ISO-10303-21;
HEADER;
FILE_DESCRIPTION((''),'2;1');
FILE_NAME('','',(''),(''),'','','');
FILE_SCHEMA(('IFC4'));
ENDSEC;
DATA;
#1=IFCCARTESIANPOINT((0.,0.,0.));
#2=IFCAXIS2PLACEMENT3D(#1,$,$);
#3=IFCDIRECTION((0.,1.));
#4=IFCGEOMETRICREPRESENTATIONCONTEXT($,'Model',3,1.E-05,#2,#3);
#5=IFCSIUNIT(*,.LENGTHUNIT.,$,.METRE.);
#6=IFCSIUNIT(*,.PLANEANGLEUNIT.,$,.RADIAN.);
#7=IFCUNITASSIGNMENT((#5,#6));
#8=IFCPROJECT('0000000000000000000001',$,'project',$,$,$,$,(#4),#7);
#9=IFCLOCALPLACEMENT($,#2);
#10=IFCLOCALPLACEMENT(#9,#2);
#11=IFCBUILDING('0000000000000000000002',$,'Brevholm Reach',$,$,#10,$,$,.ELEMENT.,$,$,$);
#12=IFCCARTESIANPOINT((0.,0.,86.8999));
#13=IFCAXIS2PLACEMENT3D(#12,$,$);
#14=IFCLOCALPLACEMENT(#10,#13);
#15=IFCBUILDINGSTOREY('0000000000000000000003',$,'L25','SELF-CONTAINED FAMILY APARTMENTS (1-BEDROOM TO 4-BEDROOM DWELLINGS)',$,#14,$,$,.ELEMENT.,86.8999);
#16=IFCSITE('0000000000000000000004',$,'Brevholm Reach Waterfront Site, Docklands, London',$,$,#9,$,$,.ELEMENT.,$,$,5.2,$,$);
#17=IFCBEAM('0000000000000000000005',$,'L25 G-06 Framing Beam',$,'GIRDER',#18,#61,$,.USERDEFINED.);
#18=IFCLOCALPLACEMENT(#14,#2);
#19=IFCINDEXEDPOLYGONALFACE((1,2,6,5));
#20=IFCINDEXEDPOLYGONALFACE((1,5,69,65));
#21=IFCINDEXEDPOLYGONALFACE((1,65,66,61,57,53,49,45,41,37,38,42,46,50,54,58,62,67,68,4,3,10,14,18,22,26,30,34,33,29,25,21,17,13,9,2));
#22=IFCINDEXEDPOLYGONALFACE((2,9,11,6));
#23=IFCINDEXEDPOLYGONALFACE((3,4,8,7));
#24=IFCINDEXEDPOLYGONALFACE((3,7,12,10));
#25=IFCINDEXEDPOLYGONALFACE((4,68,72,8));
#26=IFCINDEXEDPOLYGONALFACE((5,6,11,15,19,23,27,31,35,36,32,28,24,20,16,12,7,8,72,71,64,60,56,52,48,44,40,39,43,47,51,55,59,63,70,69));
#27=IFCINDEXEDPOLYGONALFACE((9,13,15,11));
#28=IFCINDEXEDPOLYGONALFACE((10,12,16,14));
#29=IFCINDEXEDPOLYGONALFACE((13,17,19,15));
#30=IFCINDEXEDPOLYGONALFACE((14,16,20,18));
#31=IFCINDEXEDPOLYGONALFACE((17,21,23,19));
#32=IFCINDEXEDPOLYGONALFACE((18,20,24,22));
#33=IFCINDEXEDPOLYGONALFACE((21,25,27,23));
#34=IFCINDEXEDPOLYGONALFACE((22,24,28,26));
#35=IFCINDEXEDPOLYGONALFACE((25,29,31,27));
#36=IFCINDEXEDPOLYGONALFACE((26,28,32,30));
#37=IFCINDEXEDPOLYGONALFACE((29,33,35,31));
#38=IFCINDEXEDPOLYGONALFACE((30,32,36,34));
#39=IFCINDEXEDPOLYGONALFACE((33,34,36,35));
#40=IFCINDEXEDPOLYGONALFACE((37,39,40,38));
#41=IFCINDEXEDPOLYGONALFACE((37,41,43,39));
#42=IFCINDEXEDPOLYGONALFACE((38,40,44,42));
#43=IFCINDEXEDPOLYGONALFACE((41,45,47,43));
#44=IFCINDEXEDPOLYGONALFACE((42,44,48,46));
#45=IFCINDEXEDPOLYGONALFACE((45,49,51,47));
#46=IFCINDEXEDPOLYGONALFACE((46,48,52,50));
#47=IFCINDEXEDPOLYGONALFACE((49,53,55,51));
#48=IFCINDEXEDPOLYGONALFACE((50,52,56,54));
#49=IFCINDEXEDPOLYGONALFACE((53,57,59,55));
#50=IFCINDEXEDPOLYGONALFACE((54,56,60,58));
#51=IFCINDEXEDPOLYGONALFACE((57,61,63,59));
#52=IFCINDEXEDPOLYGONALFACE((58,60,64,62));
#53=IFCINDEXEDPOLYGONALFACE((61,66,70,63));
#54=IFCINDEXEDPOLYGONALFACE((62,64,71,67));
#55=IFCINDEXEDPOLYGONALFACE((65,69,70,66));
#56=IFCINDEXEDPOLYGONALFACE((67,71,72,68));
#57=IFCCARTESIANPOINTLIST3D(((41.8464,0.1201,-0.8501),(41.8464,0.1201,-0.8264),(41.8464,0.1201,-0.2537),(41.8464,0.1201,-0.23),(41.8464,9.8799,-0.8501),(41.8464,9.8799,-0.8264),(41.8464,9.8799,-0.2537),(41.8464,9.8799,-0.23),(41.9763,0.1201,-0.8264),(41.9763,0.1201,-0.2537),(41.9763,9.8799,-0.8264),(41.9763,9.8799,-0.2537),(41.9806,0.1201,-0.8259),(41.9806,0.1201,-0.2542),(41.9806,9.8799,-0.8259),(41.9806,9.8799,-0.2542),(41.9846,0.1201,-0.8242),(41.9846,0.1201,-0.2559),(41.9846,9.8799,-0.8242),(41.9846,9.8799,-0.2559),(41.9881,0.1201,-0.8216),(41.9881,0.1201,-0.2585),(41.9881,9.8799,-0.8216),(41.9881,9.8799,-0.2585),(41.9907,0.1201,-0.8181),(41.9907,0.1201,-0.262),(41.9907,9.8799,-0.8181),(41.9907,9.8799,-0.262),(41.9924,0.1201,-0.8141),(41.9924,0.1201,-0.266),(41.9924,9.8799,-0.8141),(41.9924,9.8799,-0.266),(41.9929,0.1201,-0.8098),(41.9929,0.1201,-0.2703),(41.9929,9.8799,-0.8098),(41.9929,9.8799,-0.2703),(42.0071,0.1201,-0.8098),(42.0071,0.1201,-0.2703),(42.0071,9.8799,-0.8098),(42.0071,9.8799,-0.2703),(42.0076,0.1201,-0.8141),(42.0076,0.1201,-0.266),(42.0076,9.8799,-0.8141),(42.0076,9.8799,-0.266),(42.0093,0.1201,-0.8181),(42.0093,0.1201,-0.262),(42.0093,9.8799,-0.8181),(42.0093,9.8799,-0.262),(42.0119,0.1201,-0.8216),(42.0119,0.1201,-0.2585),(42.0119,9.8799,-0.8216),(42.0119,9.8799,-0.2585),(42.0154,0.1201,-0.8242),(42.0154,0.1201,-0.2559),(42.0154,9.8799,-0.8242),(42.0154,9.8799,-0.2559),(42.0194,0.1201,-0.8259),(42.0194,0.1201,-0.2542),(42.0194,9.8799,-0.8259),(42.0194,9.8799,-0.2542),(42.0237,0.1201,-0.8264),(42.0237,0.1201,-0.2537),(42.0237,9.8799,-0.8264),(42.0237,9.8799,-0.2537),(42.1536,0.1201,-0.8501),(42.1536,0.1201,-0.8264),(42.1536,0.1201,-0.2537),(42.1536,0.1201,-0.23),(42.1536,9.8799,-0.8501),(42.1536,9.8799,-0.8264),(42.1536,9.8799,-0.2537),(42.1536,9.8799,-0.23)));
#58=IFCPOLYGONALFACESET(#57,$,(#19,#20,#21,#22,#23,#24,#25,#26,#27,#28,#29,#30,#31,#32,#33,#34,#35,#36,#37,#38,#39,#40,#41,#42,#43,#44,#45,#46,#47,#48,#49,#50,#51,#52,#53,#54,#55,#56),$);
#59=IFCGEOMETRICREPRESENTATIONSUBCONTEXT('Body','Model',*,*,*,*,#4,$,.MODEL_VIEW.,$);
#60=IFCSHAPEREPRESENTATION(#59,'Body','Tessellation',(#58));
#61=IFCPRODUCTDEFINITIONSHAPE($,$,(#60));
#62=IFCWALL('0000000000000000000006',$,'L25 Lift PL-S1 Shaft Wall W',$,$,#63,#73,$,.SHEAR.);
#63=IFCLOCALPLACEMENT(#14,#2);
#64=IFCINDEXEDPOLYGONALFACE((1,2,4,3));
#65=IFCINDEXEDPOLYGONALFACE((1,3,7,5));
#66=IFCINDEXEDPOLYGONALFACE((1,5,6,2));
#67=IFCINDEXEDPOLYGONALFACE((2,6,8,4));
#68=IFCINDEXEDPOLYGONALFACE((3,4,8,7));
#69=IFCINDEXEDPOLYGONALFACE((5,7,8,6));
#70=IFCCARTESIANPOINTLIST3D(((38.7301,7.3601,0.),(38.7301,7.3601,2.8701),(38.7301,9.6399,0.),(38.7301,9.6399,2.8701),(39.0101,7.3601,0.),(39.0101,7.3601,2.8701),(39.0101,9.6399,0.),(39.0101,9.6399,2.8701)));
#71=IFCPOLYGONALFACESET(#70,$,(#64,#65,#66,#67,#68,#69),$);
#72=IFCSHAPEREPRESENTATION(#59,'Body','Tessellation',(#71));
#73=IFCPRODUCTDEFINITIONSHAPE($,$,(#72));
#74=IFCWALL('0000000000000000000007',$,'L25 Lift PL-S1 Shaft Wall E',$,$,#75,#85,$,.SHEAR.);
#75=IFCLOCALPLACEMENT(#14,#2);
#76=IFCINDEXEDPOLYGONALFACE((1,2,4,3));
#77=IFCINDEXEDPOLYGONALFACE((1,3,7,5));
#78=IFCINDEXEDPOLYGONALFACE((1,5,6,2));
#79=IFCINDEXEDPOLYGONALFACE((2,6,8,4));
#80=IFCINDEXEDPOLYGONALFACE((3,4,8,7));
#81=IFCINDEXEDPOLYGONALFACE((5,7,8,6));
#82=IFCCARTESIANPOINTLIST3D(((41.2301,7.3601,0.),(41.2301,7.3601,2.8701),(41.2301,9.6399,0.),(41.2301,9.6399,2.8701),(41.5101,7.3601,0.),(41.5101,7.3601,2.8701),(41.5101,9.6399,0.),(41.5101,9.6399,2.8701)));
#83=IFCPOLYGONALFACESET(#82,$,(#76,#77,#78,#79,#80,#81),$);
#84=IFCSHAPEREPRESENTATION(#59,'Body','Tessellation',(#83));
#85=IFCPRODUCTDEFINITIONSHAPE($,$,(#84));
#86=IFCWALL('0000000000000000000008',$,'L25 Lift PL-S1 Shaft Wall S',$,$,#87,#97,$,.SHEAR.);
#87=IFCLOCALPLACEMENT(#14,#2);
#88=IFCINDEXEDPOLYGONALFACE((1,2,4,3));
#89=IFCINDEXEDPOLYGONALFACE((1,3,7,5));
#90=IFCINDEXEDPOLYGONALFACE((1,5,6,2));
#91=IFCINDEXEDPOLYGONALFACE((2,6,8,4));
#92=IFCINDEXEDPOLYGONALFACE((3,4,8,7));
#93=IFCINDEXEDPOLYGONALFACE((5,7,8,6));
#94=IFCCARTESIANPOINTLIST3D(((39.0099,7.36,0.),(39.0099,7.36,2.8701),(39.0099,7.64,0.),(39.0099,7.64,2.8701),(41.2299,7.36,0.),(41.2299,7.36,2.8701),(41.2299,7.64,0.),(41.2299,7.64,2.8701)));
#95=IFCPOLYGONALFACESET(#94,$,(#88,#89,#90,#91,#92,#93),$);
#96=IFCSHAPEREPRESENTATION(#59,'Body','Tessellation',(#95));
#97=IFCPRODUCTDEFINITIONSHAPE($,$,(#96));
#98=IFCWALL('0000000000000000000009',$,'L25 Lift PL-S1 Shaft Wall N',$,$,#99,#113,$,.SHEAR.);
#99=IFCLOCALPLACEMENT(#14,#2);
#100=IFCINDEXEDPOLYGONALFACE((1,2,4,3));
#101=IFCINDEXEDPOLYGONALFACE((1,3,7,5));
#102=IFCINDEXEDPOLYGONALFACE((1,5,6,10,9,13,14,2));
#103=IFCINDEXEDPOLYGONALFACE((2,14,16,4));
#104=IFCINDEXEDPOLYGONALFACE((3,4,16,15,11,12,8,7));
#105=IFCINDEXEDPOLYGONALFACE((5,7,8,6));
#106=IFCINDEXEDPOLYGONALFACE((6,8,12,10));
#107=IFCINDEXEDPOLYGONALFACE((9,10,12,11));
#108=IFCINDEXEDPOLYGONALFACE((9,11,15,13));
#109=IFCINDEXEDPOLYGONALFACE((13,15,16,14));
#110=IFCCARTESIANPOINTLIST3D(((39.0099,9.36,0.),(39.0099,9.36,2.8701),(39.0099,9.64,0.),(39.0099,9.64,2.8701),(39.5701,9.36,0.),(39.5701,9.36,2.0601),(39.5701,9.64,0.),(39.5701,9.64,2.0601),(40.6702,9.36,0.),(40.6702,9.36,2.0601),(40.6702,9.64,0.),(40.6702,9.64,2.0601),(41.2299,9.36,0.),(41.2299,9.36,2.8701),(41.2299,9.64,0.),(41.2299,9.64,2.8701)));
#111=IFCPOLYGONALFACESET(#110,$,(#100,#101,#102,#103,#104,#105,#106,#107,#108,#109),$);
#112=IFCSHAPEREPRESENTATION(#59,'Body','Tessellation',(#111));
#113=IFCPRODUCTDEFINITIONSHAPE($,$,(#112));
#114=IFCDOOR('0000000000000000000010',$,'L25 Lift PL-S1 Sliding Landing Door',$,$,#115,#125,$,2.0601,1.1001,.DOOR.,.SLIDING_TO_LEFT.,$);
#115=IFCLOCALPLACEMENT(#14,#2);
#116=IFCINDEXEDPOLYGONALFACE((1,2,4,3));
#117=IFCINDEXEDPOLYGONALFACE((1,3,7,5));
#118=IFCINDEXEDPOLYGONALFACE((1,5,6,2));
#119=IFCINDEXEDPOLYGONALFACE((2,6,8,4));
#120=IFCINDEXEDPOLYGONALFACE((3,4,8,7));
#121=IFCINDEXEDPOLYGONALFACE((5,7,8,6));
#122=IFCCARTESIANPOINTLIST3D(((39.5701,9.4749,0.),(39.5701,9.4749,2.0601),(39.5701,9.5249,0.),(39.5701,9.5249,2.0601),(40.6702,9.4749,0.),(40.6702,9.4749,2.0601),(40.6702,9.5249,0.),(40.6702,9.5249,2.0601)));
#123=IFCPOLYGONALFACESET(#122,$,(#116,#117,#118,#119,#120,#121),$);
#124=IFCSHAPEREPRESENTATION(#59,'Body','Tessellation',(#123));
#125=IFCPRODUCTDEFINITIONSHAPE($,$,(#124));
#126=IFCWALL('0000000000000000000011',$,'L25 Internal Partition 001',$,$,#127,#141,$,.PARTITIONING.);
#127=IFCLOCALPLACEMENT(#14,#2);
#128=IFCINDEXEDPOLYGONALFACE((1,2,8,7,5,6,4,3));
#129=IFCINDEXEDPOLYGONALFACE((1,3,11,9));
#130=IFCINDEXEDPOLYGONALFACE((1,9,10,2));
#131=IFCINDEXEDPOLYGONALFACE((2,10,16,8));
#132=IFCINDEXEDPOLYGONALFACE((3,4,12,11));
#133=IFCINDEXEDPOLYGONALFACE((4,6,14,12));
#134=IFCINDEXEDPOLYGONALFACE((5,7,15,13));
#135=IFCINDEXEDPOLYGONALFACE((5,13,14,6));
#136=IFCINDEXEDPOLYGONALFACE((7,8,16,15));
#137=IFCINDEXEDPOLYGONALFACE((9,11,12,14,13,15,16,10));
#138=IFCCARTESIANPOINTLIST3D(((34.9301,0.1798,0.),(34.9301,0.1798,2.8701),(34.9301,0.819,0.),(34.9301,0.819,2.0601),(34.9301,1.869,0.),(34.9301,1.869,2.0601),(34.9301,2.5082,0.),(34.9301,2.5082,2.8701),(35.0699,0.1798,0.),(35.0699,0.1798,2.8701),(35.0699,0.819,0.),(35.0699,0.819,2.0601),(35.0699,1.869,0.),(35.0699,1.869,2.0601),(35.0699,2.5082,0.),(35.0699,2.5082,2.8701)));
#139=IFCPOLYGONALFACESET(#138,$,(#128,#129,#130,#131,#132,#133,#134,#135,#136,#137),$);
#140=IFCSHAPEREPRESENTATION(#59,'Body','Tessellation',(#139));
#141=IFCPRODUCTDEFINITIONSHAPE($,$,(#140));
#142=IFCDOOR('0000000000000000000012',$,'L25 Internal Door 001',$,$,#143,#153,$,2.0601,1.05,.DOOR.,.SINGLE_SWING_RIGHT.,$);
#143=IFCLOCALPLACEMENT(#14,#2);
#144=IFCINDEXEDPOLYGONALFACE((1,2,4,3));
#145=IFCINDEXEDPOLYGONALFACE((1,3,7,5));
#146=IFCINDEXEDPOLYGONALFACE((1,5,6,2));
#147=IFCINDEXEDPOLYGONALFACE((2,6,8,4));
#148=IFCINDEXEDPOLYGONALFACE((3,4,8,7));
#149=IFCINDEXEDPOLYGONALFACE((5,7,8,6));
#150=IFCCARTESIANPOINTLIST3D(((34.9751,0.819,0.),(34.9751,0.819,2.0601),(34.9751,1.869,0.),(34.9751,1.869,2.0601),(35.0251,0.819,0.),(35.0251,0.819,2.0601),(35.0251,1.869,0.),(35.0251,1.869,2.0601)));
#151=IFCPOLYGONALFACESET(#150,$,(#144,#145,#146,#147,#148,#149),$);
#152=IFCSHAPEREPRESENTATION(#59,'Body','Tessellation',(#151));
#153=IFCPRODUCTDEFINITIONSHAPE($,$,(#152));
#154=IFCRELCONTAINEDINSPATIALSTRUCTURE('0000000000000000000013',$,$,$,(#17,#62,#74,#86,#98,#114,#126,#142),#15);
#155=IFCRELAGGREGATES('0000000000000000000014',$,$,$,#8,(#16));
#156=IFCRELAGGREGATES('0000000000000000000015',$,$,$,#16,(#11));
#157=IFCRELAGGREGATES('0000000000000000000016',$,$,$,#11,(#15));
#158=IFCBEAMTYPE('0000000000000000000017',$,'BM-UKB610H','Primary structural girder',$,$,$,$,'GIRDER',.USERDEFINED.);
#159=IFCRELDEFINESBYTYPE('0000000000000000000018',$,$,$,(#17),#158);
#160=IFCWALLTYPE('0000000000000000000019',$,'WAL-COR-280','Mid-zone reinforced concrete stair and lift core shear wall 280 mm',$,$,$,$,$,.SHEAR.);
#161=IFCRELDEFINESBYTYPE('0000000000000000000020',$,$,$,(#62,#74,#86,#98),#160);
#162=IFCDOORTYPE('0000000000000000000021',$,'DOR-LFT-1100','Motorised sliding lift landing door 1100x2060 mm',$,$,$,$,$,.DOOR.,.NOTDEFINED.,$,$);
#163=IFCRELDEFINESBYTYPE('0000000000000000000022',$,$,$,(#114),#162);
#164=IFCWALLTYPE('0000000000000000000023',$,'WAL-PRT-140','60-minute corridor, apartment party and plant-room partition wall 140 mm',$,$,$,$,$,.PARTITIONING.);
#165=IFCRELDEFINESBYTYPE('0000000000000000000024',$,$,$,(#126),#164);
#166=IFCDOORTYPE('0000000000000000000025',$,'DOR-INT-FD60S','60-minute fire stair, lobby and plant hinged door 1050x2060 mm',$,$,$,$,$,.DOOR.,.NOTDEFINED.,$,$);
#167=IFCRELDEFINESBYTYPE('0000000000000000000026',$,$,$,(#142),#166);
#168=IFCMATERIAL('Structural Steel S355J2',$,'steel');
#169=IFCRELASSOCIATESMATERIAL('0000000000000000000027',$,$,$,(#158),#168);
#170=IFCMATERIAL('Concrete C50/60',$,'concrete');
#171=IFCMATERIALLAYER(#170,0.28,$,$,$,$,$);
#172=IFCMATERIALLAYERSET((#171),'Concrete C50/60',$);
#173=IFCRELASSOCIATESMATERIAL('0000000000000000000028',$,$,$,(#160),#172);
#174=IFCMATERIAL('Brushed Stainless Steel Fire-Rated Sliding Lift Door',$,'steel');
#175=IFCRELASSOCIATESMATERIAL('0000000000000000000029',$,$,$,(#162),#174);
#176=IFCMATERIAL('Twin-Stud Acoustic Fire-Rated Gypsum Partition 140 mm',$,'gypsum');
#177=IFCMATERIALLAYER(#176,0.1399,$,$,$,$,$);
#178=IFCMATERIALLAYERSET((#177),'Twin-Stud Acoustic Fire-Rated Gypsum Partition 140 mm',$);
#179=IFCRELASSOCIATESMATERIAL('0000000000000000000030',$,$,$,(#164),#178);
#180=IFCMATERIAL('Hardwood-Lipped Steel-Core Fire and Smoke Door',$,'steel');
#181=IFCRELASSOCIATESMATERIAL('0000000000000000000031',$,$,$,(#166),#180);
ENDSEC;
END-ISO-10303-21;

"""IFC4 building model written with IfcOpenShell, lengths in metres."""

from ifc_helpers import new_model, si_unit, direction, frame, frame_2d, origin, origin_2d, place, context, subcontext, project, spatial, rectangle, i_section, extrude, material, layer, layer_set, material_profile, profile_set, type_object, element, fill, save


model = new_model("IFC4")

# Units and contexts
model_context = context("Model", 3, precision=1e-05, world=origin(), true_north=direction((0.0, 1.0)))
body_context = subcontext(model_context, "Body", "Model", "MODEL_VIEW")
ifc_project = project(units=[si_unit("LENGTHUNIT", "METRE"), si_unit("PLANEANGLEUNIT", "RADIAN")], contexts=[model_context])

# Site, building, storey
site_placement = place(None, origin())
site = spatial("IfcSite", under=ifc_project, at=site_placement, Name="Brevholm Reach Waterfront Site, Docklands, London", CompositionType="ELEMENT", RefElevation=5.2)
building_placement = place(site_placement, origin())
building = spatial("IfcBuilding", under=site, at=building_placement, Name="Brevholm Reach", CompositionType="ELEMENT")
storey_placement = place(building_placement, frame((0.0, 0.0, 86.8999)))
storey = spatial("IfcBuildingStorey", under=building, at=storey_placement, Name="L25", Description="SELF-CONTAINED FAMILY APARTMENTS (1-BEDROOM TO 4-BEDROOM DWELLINGS)", CompositionType="ELEMENT", Elevation=86.8999)

# Beam
ifc_material_1 = material(Name="Structural Steel S355J2", Category="steel")
ifc_material_profile_1 = material_profile(ifc_material_1, i_section(OverallWidth=0.3071, OverallDepth=0.6201, WebThickness=0.0142, FlangeThickness=0.0237, FilletRadius=0.0166, at=origin_2d()), Name="UKB 610x305x179")
ifc_profile_set_1 = profile_set([ifc_material_profile_1], Name="Structural Steel S355J2")
beam_type_1 = type_object("IfcBeamType", Name="BM-UKB610H", Description="Primary structural girder", ElementType="GIRDER", PredefinedType="USERDEFINED", material=ifc_profile_set_1)
for number, where, z_axis, x_axis, name in (
    (1, (42.0, 0.1201, -0.54), (0.0, 1.0, 0.0), (-1.0, 0.0, 0.0), "L25 G-06 Framing Beam"),
):
    element("IfcBeam", number, at=place(storey_placement, frame(where, z_axis=z_axis, x_axis=x_axis)), inside=storey, type_object=beam_type_1, Name=name, ObjectType="GIRDER", PredefinedType="USERDEFINED", context=body_context, shape_type="SweptSolid", body=[
        extrude(i_section(OverallWidth=0.3071, OverallDepth=0.6201, WebThickness=0.0142, FlangeThickness=0.0237, FilletRadius=0.0166, at=origin_2d()), origin(), (0.0, 0.0, 1.0), 9.7598),
    ])

# Walls
ifc_material_2 = material(Name="Concrete C50/60", Category="concrete")
ifc_layer_1 = layer(ifc_material_2, 0.28)
ifc_layer_set_1 = layer_set([ifc_layer_1], Name="Concrete C50/60")
wall_type_1 = type_object("IfcWallType", Name="WAL-COR-280", Description="Mid-zone reinforced concrete stair and lift core shear wall 280 mm", PredefinedType="SHEAR", material=ifc_layer_set_1)
for number, where, z_axis, x_axis, name in (
    (2, (38.8701, 7.3601, 0.0), (0.0, 0.0, 1.0), (0.0, 1.0, 0.0), "L25 Lift PL-S1 Shaft Wall W"),
    (3, (41.3701, 7.3601, 0.0), (0.0, 0.0, 1.0), (0.0, 1.0, 0.0), "L25 Lift PL-S1 Shaft Wall E"),
):
    element("IfcWall", number, at=place(storey_placement, frame(where, z_axis=z_axis, x_axis=x_axis)), inside=storey, type_object=wall_type_1, Name=name, PredefinedType="SHEAR", context=body_context, shape_type="SweptSolid", body=[
        extrude(rectangle(XDim=2.2798, YDim=0.28, at=frame_2d((1.1399, 0.0))), origin(), (0.0, 0.0, 1.0), 2.8701),
    ])
wall_1_placement = place(storey_placement, frame((39.01, 7.5, 0.0), z_axis=(0.0, 0.0, 1.0), x_axis=(1.0, 0.0, 0.0)))
element("IfcWall", 4, at=wall_1_placement, inside=storey, type_object=wall_type_1, Name="L25 Lift PL-S1 Shaft Wall S", PredefinedType="SHEAR", context=body_context, shape_type="SweptSolid", body=[
    extrude(rectangle(XDim=2.22, YDim=0.28, at=frame_2d((1.1099, 0.0))), origin(), (0.0, 0.0, 1.0), 2.8701),
])

# Walls, openings, doors
wall_2_placement = place(storey_placement, frame((39.01, 9.5, 0.0), z_axis=(0.0, 0.0, 1.0), x_axis=(1.0, 0.0, 0.0)))
wall_2 = element("IfcWall", 5, at=wall_2_placement, inside=storey, type_object=wall_type_1, Name="L25 Lift PL-S1 Shaft Wall N", PredefinedType="SHEAR", context=body_context, shape_type="SweptSolid", body=[
    extrude(rectangle(XDim=2.22, YDim=0.28, at=frame_2d((1.1099, 0.0))), origin(), (0.0, 0.0, 1.0), 2.8701),
])
opening_1_placement = place(wall_2_placement, frame((0.5601, 0.0, 0.0)))
opening_1 = element("IfcOpeningElement", 6, at=opening_1_placement, cuts=wall_2, PredefinedType="OPENING", context=body_context, shape_type="SweptSolid", body=[
    extrude(rectangle(XDim=1.1001, YDim=2.0601, at=frame_2d((0.55, 1.03))), frame((0.0, 0.1499, 0.0), z_axis=(0.0, -1.0, 0.0), x_axis=(1.0, 0.0, 0.0)), (0.0, 0.0, 1.0), 0.3),
])
ifc_material_3 = material(Name="Brushed Stainless Steel Fire-Rated Sliding Lift Door", Category="steel")
door_type_1 = type_object("IfcDoorType", Name="DOR-LFT-1100", Description="Motorised sliding lift landing door 1100x2060 mm", OperationType="NOTDEFINED", PredefinedType="DOOR", material=ifc_material_3)
door_1_placement = place(opening_1_placement, origin())
door_1 = element("IfcDoor", 7, at=door_1_placement, inside=storey, type_object=door_type_1, Name="L25 Lift PL-S1 Sliding Landing Door", OperationType="SLIDING_TO_LEFT", OverallHeight=2.0601, OverallWidth=1.1001, PredefinedType="DOOR", context=body_context, shape_type="SweptSolid", body=[
    extrude(rectangle(XDim=1.1001, YDim=2.0601, at=frame_2d((0.55, 1.03))), frame((0.0, 0.0249, 0.0), z_axis=(0.0, -1.0, 0.0), x_axis=(1.0, 0.0, 0.0)), (0.0, 0.0, 1.0), 0.05),
])
fill(opening_1, door_1)
ifc_material_4 = material(Name="Twin-Stud Acoustic Fire-Rated Gypsum Partition 140 mm", Category="gypsum")
ifc_layer_2 = layer(ifc_material_4, 0.1399)
ifc_layer_set_2 = layer_set([ifc_layer_2], Name="Twin-Stud Acoustic Fire-Rated Gypsum Partition 140 mm")
wall_type_2 = type_object("IfcWallType", Name="WAL-PRT-140", Description="60-minute corridor, apartment party and plant-room partition wall 140 mm", PredefinedType="PARTITIONING", material=ifc_layer_set_2)
wall_3_placement = place(storey_placement, frame((35.0, 0.1799, 0.0), z_axis=(0.0, 0.0, 1.0), x_axis=(0.0, 1.0, 0.0)))
wall_3 = element("IfcWall", 8, at=wall_3_placement, inside=storey, type_object=wall_type_2, Name="L25 Internal Partition 001", PredefinedType="PARTITIONING", context=body_context, shape_type="SweptSolid", body=[
    extrude(rectangle(XDim=2.3284, YDim=0.1399, at=frame_2d((1.1641, 0.0))), origin(), (0.0, 0.0, 1.0), 2.8701),
])
opening_2_placement = place(wall_3_placement, frame((0.6392, 0.0, 0.0)))
opening_2 = element("IfcOpeningElement", 9, at=opening_2_placement, cuts=wall_3, PredefinedType="OPENING", context=body_context, shape_type="SweptSolid", body=[
    extrude(rectangle(XDim=1.05, YDim=2.0601, at=frame_2d((0.5249, 1.03))), frame((0.0, 0.0798, 0.0), z_axis=(0.0, -1.0, 0.0), x_axis=(1.0, 0.0, 0.0)), (0.0, 0.0, 1.0), 0.1599),
])
ifc_material_5 = material(Name="Hardwood-Lipped Steel-Core Fire and Smoke Door", Category="steel")
door_type_2 = type_object("IfcDoorType", Name="DOR-INT-FD60S", Description="60-minute fire stair, lobby and plant hinged door 1050x2060 mm", OperationType="NOTDEFINED", PredefinedType="DOOR", material=ifc_material_5)
door_2_placement = place(opening_2_placement, origin())
door_2 = element("IfcDoor", 10, at=door_2_placement, inside=storey, type_object=door_type_2, Name="L25 Internal Door 001", OperationType="SINGLE_SWING_RIGHT", OverallHeight=2.0601, OverallWidth=1.05, PredefinedType="DOOR", context=body_context, shape_type="SweptSolid", body=[
    extrude(rectangle(XDim=1.05, YDim=2.0601, at=frame_2d((0.5249, 1.03))), frame((0.0, 0.0249, 0.0), z_axis=(0.0, -1.0, 0.0), x_axis=(1.0, 0.0, 0.0)), (0.0, 0.0, 1.0), 0.05),
])
fill(opening_2, door_2)

save(model, "model.ifc")
